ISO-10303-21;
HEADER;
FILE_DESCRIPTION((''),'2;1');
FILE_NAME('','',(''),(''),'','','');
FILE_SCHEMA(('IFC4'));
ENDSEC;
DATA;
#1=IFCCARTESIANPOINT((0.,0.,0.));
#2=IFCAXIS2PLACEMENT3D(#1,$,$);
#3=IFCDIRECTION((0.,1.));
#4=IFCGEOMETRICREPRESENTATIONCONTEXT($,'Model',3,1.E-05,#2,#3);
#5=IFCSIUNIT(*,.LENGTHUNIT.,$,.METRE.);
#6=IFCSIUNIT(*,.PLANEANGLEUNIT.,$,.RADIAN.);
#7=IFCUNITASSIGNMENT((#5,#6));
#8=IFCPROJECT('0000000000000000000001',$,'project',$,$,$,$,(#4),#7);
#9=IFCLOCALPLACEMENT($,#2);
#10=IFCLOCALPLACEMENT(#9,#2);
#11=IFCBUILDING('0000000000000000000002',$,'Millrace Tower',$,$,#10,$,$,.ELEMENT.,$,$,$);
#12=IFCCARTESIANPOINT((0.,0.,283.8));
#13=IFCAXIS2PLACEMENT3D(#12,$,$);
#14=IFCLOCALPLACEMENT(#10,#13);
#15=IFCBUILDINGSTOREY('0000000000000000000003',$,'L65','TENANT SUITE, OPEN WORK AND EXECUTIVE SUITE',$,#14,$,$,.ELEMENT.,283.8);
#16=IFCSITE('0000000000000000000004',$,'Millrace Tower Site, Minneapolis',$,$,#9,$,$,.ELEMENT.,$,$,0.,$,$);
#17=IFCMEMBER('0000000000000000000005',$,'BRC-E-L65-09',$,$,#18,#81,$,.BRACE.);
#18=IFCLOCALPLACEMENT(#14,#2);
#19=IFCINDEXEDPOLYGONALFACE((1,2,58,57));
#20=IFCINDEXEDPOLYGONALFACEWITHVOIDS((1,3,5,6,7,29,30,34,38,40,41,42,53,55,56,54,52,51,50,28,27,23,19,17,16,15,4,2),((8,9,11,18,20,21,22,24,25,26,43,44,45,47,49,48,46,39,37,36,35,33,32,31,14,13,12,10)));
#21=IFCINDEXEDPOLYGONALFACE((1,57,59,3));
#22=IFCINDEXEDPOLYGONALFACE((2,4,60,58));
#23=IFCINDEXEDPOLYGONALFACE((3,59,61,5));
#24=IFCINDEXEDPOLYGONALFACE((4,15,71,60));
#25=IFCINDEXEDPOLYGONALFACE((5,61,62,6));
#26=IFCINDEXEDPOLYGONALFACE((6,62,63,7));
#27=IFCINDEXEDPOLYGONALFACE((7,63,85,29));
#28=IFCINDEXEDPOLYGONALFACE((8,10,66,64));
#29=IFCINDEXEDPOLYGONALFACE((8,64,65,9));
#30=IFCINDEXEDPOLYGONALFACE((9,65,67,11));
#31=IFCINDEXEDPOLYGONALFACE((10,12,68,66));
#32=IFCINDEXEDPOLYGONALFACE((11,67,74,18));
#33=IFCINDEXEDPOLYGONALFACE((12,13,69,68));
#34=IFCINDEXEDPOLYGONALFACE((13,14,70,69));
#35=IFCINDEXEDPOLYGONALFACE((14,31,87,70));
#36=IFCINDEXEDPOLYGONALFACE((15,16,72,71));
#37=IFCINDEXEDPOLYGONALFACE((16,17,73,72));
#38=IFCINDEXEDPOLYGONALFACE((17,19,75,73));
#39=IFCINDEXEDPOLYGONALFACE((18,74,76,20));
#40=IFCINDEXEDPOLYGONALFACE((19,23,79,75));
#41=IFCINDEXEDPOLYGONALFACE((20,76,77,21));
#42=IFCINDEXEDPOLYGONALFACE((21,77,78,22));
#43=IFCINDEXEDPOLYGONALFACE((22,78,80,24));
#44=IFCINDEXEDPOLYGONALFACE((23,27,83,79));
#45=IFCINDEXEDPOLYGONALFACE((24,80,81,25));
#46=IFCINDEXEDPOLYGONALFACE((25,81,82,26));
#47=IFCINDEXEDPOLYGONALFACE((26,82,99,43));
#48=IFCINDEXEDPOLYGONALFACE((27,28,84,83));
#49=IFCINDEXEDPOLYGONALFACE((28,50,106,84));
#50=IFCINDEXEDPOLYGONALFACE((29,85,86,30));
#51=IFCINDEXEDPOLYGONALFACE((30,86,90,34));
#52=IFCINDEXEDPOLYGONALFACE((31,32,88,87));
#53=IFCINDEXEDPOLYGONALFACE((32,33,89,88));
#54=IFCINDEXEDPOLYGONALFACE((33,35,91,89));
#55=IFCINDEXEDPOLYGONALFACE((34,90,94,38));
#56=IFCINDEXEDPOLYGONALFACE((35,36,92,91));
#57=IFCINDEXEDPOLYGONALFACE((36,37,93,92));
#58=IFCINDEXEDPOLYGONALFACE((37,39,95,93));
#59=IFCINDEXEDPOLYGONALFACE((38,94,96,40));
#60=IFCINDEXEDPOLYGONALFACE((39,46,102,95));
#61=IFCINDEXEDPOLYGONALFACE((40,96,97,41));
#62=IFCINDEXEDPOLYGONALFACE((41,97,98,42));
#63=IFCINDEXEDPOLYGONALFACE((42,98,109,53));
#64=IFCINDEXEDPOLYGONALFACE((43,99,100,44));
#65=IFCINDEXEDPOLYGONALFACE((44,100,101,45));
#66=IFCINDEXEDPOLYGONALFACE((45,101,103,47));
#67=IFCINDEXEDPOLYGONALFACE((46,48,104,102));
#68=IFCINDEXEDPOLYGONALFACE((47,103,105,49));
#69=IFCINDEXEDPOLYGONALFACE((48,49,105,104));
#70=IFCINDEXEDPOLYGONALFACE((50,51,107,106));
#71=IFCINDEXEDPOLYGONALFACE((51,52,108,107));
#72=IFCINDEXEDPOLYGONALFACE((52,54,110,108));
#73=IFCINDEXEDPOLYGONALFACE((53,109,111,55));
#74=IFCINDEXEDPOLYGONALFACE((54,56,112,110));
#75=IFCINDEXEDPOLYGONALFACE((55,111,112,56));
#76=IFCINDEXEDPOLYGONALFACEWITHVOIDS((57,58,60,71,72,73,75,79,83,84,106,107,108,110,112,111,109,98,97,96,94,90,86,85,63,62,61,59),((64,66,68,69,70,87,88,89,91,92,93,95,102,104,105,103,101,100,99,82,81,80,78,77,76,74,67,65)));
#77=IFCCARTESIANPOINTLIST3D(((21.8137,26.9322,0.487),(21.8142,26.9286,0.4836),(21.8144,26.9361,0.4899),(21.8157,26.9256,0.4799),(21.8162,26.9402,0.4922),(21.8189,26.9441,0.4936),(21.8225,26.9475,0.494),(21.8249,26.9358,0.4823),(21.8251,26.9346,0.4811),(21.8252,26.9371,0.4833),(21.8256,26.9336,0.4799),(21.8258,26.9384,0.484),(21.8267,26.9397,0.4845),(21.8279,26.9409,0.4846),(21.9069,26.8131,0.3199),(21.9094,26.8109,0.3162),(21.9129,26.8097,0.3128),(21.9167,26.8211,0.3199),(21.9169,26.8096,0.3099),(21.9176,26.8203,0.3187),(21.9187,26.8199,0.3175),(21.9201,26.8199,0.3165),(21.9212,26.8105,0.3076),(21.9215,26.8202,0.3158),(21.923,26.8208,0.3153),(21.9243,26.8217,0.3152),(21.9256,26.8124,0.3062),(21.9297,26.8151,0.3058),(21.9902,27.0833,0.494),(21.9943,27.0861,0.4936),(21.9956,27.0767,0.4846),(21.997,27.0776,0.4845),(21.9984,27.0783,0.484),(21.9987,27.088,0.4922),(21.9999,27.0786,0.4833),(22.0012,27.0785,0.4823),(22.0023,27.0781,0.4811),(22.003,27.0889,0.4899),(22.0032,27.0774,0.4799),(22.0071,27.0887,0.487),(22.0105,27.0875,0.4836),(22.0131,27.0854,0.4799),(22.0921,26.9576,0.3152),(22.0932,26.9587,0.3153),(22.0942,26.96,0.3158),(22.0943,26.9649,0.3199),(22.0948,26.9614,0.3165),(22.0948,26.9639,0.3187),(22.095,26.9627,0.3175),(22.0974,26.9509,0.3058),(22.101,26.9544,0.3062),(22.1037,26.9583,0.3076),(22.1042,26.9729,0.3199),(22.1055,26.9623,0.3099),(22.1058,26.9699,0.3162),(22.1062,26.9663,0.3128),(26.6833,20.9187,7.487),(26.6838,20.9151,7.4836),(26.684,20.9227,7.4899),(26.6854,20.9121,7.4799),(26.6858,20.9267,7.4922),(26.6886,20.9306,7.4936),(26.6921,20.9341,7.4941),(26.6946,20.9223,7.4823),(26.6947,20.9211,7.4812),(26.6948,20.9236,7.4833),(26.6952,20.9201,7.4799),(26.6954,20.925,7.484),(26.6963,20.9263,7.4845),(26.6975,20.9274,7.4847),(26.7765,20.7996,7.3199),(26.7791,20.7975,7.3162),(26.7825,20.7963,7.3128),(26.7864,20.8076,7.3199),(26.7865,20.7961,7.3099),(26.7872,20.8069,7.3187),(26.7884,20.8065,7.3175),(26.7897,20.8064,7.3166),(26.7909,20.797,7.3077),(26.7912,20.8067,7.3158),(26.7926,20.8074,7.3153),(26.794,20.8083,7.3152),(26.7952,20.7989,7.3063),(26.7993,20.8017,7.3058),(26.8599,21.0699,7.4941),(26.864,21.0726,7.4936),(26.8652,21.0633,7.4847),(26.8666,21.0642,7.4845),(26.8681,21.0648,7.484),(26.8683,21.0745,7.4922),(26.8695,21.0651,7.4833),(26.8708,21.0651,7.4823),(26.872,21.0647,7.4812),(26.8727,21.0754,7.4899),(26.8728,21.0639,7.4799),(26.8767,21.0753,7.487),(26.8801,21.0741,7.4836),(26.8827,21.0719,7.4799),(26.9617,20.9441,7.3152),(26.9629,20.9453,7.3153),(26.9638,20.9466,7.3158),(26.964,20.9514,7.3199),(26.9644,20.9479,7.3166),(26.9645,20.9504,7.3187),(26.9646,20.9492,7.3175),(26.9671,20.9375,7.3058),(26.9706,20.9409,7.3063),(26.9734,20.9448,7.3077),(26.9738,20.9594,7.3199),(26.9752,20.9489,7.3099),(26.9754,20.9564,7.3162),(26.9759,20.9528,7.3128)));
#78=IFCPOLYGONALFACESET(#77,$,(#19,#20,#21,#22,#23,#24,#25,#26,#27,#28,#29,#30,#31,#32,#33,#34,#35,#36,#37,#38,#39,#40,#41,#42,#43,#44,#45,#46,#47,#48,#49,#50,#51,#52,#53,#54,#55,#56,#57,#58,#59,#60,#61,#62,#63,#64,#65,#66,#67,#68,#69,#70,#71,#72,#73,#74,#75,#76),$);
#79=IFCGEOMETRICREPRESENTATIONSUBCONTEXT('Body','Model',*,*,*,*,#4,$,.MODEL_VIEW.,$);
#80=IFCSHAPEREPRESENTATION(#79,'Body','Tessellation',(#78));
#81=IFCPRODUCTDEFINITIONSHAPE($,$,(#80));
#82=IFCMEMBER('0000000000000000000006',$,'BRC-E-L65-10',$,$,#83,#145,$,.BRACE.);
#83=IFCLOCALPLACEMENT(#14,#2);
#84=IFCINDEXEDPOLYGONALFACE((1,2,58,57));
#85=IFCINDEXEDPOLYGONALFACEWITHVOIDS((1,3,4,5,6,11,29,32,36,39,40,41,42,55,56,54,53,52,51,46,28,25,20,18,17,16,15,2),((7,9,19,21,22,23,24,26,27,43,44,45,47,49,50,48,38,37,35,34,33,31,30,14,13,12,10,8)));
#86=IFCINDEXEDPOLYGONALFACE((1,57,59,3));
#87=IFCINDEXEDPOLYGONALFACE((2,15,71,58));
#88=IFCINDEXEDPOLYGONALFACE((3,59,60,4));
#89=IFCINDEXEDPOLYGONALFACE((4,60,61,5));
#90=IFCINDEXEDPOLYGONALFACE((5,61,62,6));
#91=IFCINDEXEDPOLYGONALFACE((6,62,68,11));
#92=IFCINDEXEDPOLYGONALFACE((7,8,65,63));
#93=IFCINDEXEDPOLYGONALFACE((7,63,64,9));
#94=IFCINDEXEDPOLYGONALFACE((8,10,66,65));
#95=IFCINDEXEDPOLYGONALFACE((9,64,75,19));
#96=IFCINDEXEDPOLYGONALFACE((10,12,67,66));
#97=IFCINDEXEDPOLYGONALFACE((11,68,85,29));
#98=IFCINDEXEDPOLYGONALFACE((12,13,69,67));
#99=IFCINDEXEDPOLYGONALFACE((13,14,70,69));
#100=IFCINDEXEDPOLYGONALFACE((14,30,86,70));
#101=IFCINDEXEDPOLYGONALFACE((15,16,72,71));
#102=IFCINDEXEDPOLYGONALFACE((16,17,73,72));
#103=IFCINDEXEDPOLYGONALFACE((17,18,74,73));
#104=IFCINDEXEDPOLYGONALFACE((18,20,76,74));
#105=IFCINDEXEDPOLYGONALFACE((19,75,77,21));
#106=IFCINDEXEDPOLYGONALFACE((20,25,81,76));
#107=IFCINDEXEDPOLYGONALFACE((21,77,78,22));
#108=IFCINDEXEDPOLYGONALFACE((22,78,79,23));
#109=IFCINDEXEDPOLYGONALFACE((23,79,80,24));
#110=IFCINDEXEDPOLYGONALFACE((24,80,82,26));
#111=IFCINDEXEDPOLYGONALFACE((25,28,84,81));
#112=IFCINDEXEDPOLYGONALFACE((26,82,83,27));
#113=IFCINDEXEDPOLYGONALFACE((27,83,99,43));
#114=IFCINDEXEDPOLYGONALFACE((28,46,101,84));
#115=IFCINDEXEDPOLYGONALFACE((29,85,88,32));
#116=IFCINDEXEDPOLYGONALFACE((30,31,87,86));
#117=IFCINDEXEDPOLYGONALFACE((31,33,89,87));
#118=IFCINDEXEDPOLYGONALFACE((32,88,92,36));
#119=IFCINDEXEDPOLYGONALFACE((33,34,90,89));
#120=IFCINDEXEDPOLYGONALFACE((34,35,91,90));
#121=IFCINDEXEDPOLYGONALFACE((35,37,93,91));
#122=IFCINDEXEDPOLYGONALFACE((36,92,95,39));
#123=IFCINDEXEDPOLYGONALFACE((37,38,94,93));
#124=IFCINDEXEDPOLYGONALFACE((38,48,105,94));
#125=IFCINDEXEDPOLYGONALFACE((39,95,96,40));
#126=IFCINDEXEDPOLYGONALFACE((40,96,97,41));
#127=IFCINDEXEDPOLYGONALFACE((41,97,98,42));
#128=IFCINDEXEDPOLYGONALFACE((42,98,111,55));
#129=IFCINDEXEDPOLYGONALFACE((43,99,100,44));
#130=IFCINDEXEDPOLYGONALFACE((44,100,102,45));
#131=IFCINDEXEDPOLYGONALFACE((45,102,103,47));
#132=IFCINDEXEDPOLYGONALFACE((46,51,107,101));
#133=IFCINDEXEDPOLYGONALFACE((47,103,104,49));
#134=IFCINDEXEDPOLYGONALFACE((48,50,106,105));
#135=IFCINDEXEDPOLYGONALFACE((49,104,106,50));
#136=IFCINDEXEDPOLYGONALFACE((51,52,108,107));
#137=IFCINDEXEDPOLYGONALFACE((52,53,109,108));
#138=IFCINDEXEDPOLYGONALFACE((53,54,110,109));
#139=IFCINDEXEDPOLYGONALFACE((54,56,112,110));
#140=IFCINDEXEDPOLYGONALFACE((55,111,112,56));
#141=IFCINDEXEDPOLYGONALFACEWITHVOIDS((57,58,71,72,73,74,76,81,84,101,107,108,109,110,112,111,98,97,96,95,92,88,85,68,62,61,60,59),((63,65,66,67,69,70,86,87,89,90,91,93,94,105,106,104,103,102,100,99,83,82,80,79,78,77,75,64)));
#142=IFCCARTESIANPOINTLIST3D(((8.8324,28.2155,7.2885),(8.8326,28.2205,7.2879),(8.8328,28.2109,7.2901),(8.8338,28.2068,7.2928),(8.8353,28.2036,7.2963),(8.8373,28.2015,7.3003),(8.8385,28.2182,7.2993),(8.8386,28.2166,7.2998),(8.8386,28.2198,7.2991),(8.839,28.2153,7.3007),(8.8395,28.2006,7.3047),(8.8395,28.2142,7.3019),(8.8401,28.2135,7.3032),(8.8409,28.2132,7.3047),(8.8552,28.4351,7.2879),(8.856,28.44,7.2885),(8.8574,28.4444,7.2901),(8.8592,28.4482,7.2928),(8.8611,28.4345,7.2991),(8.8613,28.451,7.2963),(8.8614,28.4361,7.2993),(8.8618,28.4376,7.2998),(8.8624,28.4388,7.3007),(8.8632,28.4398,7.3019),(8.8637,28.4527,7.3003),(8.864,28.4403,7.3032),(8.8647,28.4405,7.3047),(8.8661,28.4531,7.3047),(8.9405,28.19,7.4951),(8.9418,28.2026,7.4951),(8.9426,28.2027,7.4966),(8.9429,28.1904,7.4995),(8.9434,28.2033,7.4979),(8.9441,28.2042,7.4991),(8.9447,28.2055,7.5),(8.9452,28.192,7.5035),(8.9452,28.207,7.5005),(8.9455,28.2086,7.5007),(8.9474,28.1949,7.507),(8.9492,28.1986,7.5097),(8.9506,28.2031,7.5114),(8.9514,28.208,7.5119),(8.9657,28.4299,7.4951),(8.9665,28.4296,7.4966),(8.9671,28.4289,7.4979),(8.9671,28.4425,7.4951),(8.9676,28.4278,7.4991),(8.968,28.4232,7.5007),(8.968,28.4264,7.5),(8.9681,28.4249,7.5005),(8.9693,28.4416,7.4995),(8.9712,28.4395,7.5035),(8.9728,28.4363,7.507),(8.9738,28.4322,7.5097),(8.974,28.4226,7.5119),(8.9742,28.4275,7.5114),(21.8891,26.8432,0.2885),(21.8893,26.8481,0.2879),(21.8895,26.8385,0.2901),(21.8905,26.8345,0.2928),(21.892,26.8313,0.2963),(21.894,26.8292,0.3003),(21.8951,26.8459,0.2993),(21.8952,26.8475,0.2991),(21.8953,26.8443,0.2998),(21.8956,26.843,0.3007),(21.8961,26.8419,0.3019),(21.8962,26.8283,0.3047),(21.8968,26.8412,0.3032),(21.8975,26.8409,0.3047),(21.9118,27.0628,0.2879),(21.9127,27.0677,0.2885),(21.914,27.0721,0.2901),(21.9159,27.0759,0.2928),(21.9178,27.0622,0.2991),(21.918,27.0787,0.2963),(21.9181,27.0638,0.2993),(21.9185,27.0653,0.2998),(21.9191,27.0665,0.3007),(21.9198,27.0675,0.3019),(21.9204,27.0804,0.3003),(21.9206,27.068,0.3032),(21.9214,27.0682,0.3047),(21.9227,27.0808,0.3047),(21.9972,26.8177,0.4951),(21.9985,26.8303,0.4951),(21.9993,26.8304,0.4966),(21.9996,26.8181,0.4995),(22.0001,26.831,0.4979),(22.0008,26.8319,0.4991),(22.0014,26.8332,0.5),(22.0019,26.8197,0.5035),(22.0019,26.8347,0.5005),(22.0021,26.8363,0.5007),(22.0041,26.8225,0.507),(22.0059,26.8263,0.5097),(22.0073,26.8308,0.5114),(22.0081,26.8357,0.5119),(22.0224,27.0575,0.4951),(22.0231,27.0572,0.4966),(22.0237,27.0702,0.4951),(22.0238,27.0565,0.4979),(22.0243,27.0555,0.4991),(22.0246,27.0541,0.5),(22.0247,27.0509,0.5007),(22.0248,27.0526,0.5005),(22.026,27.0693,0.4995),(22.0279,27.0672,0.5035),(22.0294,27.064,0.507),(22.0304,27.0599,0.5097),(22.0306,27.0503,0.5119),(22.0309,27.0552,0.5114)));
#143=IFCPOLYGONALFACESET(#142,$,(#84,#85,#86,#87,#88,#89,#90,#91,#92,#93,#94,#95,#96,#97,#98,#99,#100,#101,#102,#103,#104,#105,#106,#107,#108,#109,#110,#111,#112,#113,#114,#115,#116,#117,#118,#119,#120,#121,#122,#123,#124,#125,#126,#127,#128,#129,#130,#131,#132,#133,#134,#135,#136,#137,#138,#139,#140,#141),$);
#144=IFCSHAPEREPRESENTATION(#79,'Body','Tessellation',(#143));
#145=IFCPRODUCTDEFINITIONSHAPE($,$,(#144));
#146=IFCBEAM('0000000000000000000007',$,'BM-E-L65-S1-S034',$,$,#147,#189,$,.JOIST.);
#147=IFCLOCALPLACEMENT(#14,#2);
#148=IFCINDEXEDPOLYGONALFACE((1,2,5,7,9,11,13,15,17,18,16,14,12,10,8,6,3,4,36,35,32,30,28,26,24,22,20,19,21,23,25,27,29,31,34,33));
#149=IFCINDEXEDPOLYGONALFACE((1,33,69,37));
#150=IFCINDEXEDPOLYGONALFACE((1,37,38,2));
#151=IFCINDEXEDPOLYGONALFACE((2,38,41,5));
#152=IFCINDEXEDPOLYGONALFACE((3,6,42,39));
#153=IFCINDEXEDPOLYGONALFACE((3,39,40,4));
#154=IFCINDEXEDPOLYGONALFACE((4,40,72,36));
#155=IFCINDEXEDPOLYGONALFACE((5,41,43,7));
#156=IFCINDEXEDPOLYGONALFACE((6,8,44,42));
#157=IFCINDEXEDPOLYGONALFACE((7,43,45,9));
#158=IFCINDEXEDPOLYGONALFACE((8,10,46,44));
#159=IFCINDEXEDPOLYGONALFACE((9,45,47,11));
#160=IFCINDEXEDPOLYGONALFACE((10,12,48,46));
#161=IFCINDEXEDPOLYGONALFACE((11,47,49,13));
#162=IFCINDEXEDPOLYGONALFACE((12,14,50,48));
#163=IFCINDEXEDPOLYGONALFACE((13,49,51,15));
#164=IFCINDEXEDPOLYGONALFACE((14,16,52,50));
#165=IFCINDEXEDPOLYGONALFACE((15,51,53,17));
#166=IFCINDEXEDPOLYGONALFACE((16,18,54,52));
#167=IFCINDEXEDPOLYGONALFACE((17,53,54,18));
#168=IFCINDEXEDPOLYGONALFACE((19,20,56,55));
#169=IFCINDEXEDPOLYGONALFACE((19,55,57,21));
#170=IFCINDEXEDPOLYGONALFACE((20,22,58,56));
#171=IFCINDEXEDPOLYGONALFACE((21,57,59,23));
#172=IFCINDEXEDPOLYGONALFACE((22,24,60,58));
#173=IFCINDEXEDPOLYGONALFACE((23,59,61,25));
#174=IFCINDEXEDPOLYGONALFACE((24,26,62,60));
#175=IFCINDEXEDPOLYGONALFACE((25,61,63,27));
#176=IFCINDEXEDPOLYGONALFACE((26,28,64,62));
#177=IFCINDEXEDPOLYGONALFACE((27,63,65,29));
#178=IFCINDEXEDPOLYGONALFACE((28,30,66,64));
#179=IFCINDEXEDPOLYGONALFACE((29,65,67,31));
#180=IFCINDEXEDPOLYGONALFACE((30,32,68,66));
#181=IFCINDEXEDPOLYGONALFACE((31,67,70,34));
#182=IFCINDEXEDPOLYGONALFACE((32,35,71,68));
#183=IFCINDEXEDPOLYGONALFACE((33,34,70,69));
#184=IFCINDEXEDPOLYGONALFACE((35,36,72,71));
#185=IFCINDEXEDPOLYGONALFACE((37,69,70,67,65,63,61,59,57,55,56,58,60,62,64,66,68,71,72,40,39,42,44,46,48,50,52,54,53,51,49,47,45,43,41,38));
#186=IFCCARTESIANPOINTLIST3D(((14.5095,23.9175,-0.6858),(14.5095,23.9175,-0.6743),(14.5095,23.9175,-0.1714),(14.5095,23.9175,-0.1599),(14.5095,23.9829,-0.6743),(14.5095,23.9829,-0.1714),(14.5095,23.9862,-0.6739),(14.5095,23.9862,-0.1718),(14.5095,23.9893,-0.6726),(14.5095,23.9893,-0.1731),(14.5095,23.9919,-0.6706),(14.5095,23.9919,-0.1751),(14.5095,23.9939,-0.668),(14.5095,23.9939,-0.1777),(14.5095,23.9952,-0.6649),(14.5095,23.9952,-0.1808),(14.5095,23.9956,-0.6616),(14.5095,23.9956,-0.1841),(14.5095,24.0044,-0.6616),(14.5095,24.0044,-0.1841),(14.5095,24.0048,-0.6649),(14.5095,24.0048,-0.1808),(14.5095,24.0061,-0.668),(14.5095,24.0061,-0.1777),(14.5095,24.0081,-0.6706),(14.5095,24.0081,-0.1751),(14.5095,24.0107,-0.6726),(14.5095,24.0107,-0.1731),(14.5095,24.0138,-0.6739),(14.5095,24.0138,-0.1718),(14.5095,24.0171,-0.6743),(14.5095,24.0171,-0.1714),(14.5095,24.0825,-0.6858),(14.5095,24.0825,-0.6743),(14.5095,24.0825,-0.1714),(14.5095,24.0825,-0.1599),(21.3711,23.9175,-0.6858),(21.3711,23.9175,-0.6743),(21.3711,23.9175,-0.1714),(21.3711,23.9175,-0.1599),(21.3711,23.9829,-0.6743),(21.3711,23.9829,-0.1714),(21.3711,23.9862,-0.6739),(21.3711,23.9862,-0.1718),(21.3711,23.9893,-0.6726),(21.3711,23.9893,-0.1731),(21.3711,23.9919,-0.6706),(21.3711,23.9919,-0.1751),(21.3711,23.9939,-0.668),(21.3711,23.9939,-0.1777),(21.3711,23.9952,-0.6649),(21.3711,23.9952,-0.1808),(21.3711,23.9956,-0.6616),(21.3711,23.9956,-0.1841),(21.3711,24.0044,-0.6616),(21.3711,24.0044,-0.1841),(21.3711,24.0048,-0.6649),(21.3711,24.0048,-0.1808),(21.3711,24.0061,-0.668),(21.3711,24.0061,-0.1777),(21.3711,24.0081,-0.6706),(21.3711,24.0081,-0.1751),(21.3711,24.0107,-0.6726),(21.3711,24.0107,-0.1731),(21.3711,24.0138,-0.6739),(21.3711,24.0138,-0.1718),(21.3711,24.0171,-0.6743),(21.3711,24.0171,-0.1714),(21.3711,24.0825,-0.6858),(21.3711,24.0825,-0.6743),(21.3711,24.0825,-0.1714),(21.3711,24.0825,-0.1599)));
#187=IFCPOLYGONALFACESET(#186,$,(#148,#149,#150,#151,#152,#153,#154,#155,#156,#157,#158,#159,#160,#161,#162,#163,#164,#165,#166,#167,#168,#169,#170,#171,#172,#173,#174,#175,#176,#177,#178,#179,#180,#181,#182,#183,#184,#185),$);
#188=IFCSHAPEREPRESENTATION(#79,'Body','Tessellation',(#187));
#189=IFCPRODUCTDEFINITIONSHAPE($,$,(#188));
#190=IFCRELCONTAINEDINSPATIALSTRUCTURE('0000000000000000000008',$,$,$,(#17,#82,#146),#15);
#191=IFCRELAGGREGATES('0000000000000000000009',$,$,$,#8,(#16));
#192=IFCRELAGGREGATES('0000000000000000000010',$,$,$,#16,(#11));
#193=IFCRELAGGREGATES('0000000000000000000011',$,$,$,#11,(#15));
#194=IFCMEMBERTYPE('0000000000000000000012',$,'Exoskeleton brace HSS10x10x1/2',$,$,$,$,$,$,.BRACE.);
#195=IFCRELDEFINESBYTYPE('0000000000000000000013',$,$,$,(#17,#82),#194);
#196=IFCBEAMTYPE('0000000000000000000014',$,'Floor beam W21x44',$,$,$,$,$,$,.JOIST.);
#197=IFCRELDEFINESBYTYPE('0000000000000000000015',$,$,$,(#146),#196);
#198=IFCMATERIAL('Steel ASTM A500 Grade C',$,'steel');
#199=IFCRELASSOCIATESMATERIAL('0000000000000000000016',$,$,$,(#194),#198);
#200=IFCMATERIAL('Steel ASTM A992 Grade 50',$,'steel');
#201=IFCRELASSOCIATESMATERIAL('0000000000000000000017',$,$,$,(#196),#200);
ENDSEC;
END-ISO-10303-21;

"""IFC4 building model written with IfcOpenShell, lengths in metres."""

from ifc_helpers import new_model, si_unit, direction, frame, origin, origin_2d, place, context, subcontext, project, spatial, hollow_rectangle, i_section, extrude, material, material_profile, profile_set, type_object, element, save


model = new_model("IFC4")

# Units and contexts
model_context = context("Model", 3, precision=1e-05, world=origin(), true_north=direction((0.0, 1.0)))
body_context = subcontext(model_context, "Body", "Model", "MODEL_VIEW")
ifc_project = project(units=[si_unit("LENGTHUNIT", "METRE"), si_unit("PLANEANGLEUNIT", "RADIAN")], contexts=[model_context])

# Site, building, storey
site_placement = place(None, origin())
site = spatial("IfcSite", under=ifc_project, at=site_placement, Name="Millrace Tower Site, Minneapolis", CompositionType="ELEMENT", RefElevation=0.0)
building_placement = place(site_placement, origin())
building = spatial("IfcBuilding", under=site, at=building_placement, Name="Millrace Tower", CompositionType="ELEMENT")
storey_placement = place(building_placement, frame((0.0, 0.0, 283.8)))
storey = spatial("IfcBuildingStorey", under=building, at=storey_placement, Name="L65", Description="TENANT SUITE, OPEN WORK AND EXECUTIVE SUITE", CompositionType="ELEMENT", Elevation=283.8)

# Members
ifc_material_1 = material(Name="Steel ASTM A500 Grade C", Category="steel")
ifc_material_profile_1 = material_profile(ifc_material_1, hollow_rectangle(XDim=0.2539, YDim=0.2539, WallThickness=0.0127, InnerFilletRadius=0.0063, OuterFilletRadius=0.019, at=origin_2d()))
ifc_profile_set_1 = profile_set([ifc_material_profile_1], Name="Steel ASTM A500 Grade C")
member_type_1 = type_object("IfcMemberType", Name="Exoskeleton brace HSS10x10x1/2", PredefinedType="BRACE", material=ifc_profile_set_1)
member_1_placement = place(storey_placement, frame((21.96, 26.9492, 0.3999), z_axis=(0.466694, -0.576314, 0.670864), x_axis=(0.777143, 0.629324, 0.0)))
element("IfcMember", 1, at=member_1_placement, inside=storey, type_object=member_type_1, Name="BRC-E-L65-09", PredefinedType="BRACE", context=body_context, shape_type="SweptSolid", body=[
    extrude(hollow_rectangle(XDim=0.2539, YDim=0.2539, WallThickness=0.0127, InnerFilletRadius=0.0063, OuterFilletRadius=0.019, at=origin_2d()), origin(), (0.0, 0.0, 1.0), 10.4343),
])
member_2_placement = place(storey_placement, frame((21.96, 26.9492, 0.3999), z_axis=(-0.877572, 0.092237, 0.470489), x_axis=(-0.104529, -0.994522, 0.0)))
element("IfcMember", 2, at=member_2_placement, inside=storey, type_object=member_type_1, Name="BRC-E-L65-10", PredefinedType="BRACE", context=body_context, shape_type="SweptSolid", body=[
    extrude(hollow_rectangle(XDim=0.2539, YDim=0.2539, WallThickness=0.0127, InnerFilletRadius=0.0063, OuterFilletRadius=0.019, at=origin_2d()), origin(), (0.0, 0.0, 1.0), 14.8782),
])

# Beam
ifc_material_2 = material(Name="Steel ASTM A992 Grade 50", Category="steel")
ifc_material_profile_2 = material_profile(ifc_material_2, i_section(OverallWidth=0.165, OverallDepth=0.5259, WebThickness=0.0088, FlangeThickness=0.0115, FilletRadius=0.0127, at=origin_2d()))
ifc_profile_set_2 = profile_set([ifc_material_profile_2], Name="Steel ASTM A992 Grade 50")
beam_type_1 = type_object("IfcBeamType", Name="Floor beam W21x44", PredefinedType="JOIST", material=ifc_profile_set_2)
beam_1_placement = place(storey_placement, frame((14.5095, 24.0, -0.4229), z_axis=(1.0, 0.0, 0.0), x_axis=(0.0, 1.0, 0.0)))
element("IfcBeam", 3, at=beam_1_placement, inside=storey, type_object=beam_type_1, Name="BM-E-L65-S1-S034", PredefinedType="JOIST", context=body_context, shape_type="SweptSolid", body=[
    extrude(i_section(OverallWidth=0.165, OverallDepth=0.5259, WebThickness=0.0088, FlangeThickness=0.0115, FilletRadius=0.0127, at=origin_2d()), origin(), (0.0, 0.0, 1.0), 6.8616),
])

save(model, "model.ifc")
